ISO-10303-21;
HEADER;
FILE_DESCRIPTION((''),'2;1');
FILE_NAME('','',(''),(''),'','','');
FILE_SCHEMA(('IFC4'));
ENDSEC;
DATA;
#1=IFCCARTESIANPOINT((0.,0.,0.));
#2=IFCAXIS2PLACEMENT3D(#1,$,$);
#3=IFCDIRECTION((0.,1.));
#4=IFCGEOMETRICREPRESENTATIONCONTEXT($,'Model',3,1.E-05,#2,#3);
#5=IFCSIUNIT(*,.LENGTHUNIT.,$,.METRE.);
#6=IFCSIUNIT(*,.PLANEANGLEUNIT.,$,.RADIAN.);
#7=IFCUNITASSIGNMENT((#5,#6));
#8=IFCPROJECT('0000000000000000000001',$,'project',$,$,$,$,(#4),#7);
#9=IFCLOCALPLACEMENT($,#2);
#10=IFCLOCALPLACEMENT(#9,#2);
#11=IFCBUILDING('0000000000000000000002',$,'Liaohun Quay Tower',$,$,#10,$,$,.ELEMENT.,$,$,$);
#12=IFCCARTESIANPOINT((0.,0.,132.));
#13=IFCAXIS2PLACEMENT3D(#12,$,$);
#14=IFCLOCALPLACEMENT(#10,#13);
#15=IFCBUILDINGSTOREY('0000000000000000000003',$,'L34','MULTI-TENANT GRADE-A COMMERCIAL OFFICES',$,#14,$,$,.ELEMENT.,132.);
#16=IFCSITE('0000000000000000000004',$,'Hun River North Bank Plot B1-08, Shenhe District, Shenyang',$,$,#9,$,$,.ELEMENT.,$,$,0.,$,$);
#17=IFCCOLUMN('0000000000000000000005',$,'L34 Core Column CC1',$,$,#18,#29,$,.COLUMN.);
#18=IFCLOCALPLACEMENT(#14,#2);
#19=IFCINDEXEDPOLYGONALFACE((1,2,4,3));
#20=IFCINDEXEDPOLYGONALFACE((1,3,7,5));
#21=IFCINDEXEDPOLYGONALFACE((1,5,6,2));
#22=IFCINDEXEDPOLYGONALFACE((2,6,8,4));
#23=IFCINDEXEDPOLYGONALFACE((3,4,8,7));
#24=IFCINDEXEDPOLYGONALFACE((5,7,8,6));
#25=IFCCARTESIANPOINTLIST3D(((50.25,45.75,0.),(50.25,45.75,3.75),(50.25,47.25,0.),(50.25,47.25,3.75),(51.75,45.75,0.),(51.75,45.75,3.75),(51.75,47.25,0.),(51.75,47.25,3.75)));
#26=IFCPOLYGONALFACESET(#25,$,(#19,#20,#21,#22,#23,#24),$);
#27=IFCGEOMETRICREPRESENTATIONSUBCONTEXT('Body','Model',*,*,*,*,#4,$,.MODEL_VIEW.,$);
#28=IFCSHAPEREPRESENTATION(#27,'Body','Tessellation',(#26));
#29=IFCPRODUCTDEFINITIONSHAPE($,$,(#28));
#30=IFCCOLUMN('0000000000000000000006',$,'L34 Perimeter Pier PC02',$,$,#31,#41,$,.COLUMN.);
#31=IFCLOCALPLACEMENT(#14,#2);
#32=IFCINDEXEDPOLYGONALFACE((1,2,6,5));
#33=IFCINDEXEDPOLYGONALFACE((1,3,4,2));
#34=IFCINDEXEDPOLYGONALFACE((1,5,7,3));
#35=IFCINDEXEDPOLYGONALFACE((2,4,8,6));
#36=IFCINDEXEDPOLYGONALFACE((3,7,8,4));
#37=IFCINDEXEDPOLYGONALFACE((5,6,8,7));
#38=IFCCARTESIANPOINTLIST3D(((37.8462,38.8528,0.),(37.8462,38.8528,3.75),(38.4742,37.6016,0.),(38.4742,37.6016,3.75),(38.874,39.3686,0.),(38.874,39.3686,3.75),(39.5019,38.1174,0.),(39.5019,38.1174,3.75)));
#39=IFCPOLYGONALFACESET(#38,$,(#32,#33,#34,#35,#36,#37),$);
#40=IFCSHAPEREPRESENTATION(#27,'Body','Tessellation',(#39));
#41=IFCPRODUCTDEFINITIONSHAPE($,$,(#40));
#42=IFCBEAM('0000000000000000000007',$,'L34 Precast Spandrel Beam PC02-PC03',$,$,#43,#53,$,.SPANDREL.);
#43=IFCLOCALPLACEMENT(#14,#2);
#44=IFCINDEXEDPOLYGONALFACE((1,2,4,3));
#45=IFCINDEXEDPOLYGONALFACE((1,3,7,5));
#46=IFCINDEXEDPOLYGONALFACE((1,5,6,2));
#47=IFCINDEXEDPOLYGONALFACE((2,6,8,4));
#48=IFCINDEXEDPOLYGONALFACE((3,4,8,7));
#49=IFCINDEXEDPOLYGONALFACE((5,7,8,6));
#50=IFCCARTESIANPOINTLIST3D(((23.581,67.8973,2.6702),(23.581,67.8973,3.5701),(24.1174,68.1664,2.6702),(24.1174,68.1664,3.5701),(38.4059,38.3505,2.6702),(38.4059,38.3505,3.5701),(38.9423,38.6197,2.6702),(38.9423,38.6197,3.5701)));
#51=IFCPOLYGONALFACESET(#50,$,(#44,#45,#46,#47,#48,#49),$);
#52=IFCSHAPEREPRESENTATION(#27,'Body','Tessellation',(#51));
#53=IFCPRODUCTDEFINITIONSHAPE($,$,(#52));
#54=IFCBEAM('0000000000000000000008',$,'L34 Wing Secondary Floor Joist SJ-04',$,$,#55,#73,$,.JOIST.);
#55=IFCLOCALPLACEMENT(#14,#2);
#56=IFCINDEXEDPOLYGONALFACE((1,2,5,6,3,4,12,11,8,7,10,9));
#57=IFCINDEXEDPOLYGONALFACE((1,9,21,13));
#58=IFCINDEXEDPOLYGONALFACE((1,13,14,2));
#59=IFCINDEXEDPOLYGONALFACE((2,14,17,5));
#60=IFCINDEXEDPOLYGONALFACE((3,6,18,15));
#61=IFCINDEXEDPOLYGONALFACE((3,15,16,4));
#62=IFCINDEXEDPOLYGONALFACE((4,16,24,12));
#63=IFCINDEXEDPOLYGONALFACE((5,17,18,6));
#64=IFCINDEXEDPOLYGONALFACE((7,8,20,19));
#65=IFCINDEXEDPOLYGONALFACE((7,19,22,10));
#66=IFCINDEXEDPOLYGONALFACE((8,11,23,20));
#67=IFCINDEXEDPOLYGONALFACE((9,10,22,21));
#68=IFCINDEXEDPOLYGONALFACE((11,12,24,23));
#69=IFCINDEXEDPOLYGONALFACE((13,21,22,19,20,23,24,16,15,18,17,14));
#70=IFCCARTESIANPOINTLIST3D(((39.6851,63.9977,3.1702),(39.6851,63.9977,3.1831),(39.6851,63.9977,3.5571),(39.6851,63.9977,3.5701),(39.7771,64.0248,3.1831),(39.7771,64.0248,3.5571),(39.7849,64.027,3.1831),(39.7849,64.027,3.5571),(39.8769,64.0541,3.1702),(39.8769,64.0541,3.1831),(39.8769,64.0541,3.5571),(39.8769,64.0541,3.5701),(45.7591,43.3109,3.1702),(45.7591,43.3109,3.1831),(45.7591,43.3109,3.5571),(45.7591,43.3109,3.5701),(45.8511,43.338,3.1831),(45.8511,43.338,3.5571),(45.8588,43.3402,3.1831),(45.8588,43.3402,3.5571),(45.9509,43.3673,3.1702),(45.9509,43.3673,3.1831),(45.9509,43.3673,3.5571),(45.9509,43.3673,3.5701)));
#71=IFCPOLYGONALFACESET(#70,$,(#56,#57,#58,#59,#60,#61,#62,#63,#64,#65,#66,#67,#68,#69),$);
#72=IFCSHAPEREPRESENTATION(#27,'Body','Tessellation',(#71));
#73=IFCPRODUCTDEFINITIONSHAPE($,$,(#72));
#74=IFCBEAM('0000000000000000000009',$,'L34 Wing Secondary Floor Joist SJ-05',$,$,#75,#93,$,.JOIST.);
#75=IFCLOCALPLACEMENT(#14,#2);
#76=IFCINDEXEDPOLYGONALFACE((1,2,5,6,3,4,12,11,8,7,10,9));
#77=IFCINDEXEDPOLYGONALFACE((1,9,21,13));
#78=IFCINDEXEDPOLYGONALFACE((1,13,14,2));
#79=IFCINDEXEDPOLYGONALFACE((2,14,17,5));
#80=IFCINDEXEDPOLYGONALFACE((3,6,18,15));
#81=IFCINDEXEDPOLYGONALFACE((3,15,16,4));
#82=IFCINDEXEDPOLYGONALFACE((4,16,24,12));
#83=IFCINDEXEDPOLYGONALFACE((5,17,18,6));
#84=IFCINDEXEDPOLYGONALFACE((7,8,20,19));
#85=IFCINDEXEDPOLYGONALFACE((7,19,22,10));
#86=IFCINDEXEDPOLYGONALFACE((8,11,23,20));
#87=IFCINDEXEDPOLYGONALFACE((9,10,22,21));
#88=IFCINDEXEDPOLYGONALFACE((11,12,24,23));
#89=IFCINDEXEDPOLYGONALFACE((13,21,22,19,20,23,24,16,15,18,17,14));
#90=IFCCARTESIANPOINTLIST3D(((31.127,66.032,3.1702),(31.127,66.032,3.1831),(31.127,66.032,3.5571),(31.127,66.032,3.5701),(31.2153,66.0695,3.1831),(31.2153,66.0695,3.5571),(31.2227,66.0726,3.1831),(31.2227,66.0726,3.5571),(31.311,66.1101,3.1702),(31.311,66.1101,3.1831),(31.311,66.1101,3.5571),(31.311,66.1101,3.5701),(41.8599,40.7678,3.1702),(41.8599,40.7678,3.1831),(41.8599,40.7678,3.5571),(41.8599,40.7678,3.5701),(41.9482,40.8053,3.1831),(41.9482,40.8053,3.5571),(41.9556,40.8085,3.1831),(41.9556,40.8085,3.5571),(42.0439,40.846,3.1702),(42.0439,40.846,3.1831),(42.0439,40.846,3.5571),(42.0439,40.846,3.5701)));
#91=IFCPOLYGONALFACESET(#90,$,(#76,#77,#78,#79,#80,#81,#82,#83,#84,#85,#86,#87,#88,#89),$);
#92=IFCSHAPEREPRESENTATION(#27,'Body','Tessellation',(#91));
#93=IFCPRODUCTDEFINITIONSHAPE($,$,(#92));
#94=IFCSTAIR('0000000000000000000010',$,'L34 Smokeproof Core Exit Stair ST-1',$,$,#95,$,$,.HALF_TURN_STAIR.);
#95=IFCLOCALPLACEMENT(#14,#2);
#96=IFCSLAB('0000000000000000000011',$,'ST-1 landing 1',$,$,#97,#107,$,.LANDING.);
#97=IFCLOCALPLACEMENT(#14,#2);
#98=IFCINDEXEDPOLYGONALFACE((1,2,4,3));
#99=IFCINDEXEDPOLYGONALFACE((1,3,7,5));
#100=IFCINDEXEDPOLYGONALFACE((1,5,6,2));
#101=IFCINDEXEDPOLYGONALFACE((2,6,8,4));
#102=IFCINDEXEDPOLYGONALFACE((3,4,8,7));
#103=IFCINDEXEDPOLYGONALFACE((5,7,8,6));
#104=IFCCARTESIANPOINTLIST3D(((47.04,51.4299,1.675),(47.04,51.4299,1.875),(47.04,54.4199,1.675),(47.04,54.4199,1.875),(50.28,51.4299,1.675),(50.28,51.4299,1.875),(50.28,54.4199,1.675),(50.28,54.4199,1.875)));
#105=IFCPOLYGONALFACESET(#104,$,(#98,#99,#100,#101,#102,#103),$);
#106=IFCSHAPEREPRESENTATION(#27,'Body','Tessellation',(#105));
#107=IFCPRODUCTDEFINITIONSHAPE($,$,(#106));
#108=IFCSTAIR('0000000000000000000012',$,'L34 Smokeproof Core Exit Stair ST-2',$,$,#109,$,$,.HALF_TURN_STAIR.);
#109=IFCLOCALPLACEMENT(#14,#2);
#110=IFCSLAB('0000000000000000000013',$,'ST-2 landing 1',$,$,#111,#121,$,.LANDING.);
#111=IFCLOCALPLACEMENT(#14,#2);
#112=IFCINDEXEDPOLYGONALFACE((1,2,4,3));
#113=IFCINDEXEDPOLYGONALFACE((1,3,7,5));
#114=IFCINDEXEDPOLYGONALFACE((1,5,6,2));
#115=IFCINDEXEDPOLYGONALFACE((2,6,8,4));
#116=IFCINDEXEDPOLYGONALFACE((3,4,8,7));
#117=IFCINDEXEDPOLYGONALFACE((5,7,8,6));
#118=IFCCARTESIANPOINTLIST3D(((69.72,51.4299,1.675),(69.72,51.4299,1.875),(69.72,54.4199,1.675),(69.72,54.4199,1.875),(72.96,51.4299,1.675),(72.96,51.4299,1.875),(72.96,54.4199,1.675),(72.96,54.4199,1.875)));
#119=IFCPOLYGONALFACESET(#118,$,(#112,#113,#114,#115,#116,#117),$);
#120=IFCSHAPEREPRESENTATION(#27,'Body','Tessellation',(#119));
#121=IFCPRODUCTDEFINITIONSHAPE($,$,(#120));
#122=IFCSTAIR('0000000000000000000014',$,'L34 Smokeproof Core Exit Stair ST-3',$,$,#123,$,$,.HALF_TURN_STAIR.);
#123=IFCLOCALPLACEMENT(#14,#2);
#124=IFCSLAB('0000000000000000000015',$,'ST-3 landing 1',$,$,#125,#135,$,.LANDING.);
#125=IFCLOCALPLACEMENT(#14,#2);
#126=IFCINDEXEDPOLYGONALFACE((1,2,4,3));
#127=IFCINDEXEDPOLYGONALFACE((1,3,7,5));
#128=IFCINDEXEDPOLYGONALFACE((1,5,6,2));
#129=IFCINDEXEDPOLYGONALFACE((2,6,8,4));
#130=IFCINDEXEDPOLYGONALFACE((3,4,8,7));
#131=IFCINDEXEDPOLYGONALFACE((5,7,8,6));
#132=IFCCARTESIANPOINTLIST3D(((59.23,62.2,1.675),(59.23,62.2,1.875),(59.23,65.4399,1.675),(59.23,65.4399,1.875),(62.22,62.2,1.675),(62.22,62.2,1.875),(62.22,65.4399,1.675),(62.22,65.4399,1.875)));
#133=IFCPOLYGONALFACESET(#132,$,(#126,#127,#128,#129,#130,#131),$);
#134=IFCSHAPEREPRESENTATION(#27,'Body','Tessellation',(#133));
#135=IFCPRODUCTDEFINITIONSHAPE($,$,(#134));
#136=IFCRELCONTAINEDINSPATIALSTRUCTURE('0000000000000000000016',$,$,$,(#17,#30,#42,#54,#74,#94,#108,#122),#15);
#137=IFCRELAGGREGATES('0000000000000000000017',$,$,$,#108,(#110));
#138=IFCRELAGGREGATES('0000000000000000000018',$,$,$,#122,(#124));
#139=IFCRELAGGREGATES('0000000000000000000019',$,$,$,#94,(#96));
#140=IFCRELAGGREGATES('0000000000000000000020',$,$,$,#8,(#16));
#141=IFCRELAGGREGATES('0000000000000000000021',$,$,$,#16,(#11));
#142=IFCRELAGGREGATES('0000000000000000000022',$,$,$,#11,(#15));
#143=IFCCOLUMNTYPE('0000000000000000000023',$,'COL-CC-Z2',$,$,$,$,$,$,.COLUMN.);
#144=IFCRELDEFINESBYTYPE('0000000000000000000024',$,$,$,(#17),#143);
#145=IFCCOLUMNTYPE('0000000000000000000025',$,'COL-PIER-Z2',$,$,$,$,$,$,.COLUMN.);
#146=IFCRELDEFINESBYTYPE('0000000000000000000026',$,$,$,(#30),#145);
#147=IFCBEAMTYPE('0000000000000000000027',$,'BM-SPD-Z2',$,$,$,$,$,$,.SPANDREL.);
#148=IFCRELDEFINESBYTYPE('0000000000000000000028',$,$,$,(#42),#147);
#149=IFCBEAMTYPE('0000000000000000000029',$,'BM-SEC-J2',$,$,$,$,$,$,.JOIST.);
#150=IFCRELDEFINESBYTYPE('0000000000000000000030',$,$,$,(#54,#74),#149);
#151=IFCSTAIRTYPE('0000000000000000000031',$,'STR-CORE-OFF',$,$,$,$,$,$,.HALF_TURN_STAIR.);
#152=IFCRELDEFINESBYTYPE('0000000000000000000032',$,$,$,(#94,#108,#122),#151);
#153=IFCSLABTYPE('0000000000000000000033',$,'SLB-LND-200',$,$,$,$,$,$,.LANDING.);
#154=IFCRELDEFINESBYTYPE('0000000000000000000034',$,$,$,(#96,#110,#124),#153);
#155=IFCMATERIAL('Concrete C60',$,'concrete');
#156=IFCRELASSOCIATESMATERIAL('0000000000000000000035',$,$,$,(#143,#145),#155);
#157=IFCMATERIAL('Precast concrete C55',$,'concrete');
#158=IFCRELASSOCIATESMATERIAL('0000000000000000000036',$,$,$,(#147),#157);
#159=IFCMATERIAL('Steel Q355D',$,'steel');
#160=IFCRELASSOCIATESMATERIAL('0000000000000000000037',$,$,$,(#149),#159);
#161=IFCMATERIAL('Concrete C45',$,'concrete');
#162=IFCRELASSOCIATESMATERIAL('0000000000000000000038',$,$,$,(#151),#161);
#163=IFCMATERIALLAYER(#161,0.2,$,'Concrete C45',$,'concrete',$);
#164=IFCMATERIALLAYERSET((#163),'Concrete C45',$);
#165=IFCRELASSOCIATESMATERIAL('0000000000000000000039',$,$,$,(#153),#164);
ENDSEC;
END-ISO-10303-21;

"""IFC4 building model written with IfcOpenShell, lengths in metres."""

from ifc_helpers import new_model, si_unit, direction, frame, origin, origin_2d, place, context, subcontext, project, spatial, polyline, rectangle, i_section, outline, extrude, source, transform, mapped, material, layer, layer_set, material_profile, profile_set, type_object, element, aggregate, save


model = new_model("IFC4")

# Units and contexts
model_context = context("Model", 3, precision=1e-05, world=origin(), true_north=direction((0.0, 1.0)))
body_context = subcontext(model_context, "Body", "Model", "MODEL_VIEW")
ifc_project = project(units=[si_unit("LENGTHUNIT", "METRE"), si_unit("PLANEANGLEUNIT", "RADIAN")], contexts=[model_context])

# Site, building, storey
site_placement = place(None, origin())
site = spatial("IfcSite", under=ifc_project, at=site_placement, Name="Hun River North Bank Plot B1-08, Shenhe District, Shenyang", CompositionType="ELEMENT", RefElevation=0.0)
building_placement = place(site_placement, origin())
building = spatial("IfcBuilding", under=site, at=building_placement, Name="Liaohun Quay Tower", CompositionType="ELEMENT")
storey_placement = place(building_placement, frame((0.0, 0.0, 132.0)))
storey = spatial("IfcBuildingStorey", under=building, at=storey_placement, Name="L34", Description="MULTI-TENANT GRADE-A COMMERCIAL OFFICES", CompositionType="ELEMENT", Elevation=132.0)

# Columns
ifc_material_1 = material(Name="Concrete C60", Category="concrete")
ifc_material_profile_1 = material_profile(ifc_material_1, rectangle(XDim=1.5, YDim=1.5, at=origin_2d()), Name="RC1500x1500")
ifc_profile_set_1 = profile_set([ifc_material_profile_1], Name="Concrete C60")
column_type_1 = type_object("IfcColumnType", Name="COL-CC-Z2", PredefinedType="COLUMN", material=ifc_profile_set_1)
shared_shape_1 = source(origin(), body_context, "Body", "SweptSolid", [
    extrude(rectangle(XDim=1.5, YDim=1.5, at=origin_2d()), origin(), (0.0, 0.0, 1.0), 3.75),
])
column_1_placement = place(storey_placement, frame((51.0, 46.5, 0.0), z_axis=(0.0, 0.0, 1.0), x_axis=(1.0, 0.0, 0.0)))
element("IfcColumn", 1, at=column_1_placement, inside=storey, type_object=column_type_1, Name="L34 Core Column CC1", PredefinedType="COLUMN", context=body_context, shape_type="MappedRepresentation", body=[
    mapped(shared_shape_1, transform((0.0, 0.0, 0.0), x_axis=(1.0, 0.0, 0.0), y_axis=(0.0, 1.0, 0.0), z_axis=(0.0, 0.0, 1.0), scale=1.0)),
])
ifc_material_profile_2 = material_profile(ifc_material_1, rectangle(XDim=1.3999, YDim=1.1499, at=origin_2d()), Name="RC1400x1150")
ifc_profile_set_2 = profile_set([ifc_material_profile_2], Name="Concrete C60")
column_type_2 = type_object("IfcColumnType", Name="COL-PIER-Z2", PredefinedType="COLUMN", material=ifc_profile_set_2)
shared_shape_2 = source(origin(), body_context, "Body", "SweptSolid", [
    extrude(rectangle(XDim=1.3999, YDim=1.1499, at=origin_2d()), origin(), (0.0, 0.0, 1.0), 3.75),
])
column_2_placement = place(storey_placement, frame((38.6741, 38.4851, 0.0), z_axis=(0.0, 0.0, 1.0), x_axis=(-0.448539, 0.893763, 0.0)))
element("IfcColumn", 2, at=column_2_placement, inside=storey, type_object=column_type_2, Name="L34 Perimeter Pier PC02", PredefinedType="COLUMN", context=body_context, shape_type="MappedRepresentation", body=[
    mapped(shared_shape_2, transform((0.0, 0.0, 0.0), x_axis=(1.0, 0.0, 0.0), y_axis=(0.0, 1.0, 0.0), z_axis=(0.0, 0.0, 1.0), scale=1.0)),
])

# Beams
ifc_material_2 = material(Name="Precast concrete C55", Category="concrete")
ifc_material_profile_3 = material_profile(ifc_material_2, rectangle(XDim=0.6001, YDim=0.8999, at=origin_2d()), Name="RC600x900")
ifc_profile_set_3 = profile_set([ifc_material_profile_3], Name="Precast concrete C55")
beam_type_1 = type_object("IfcBeamType", Name="BM-SPD-Z2", PredefinedType="SPANDREL", material=ifc_profile_set_3)
shared_shape_3 = source(origin(), body_context, "Body", "SweptSolid", [
    extrude(rectangle(XDim=0.6001, YDim=0.8999, at=origin_2d()), origin(), (0.0, 0.0, 1.0), 33.0574),
])
beam_1_placement = place(storey_placement, frame((38.6741, 38.4851, 3.1201), z_axis=(-0.44846, 0.893803, 0.0), x_axis=(-0.893803, -0.44846, 0.0)))
element("IfcBeam", 3, at=beam_1_placement, inside=storey, type_object=beam_type_1, Name="L34 Precast Spandrel Beam PC02-PC03", PredefinedType="SPANDREL", context=body_context, shape_type="MappedRepresentation", body=[
    mapped(shared_shape_3, transform((0.0, 0.0, 0.0), x_axis=(1.0, 0.0, 0.0), y_axis=(0.0, 1.0, 0.0), z_axis=(0.0, 0.0, 1.0), scale=1.0)),
])
ifc_material_3 = material(Name="Steel Q355D", Category="steel")
ifc_material_profile_4 = material_profile(ifc_material_3, i_section(OverallWidth=0.2, OverallDepth=0.3999, WebThickness=0.0081, FlangeThickness=0.0129, at=origin_2d()), Name="HN400x200x8x13")
ifc_profile_set_4 = profile_set([ifc_material_profile_4], Name="Steel Q355D")
beam_type_2 = type_object("IfcBeamType", Name="BM-SEC-J2", PredefinedType="JOIST", material=ifc_profile_set_4)
shared_shape_4 = source(origin(), body_context, "Body", "SweptSolid", [
    extrude(i_section(OverallWidth=0.2, OverallDepth=0.3999, WebThickness=0.0081, FlangeThickness=0.0129, at=origin_2d()), origin(), (0.0, 0.0, 1.0), 21.5601),
])
beam_2_placement = place(storey_placement, frame((45.855, 43.3391, 3.3701), z_axis=(-0.281724, 0.959496, 0.0), x_axis=(-0.959496, -0.281724, 0.0)))
element("IfcBeam", 4, at=beam_2_placement, inside=storey, type_object=beam_type_2, Name="L34 Wing Secondary Floor Joist SJ-04", PredefinedType="JOIST", context=body_context, shape_type="MappedRepresentation", body=[
    mapped(shared_shape_4, transform((0.0, 0.0, 0.0), x_axis=(1.0, 0.0, 0.0), y_axis=(0.0, 1.0, 0.0), z_axis=(0.0, 0.0, 1.0), scale=1.0)),
])
shared_shape_5 = source(origin(), body_context, "Body", "SweptSolid", [
    extrude(i_section(OverallWidth=0.2, OverallDepth=0.3999, WebThickness=0.0081, FlangeThickness=0.0129, at=origin_2d()), origin(), (0.0, 0.0, 1.0), 27.4495),
])
beam_3_placement = place(storey_placement, frame((41.9519, 40.8069, 3.3701), z_axis=(-0.391006, 0.920388, 0.0), x_axis=(-0.920388, -0.391006, 0.0)))
element("IfcBeam", 5, at=beam_3_placement, inside=storey, type_object=beam_type_2, Name="L34 Wing Secondary Floor Joist SJ-05", PredefinedType="JOIST", context=body_context, shape_type="MappedRepresentation", body=[
    mapped(shared_shape_5, transform((0.0, 0.0, 0.0), x_axis=(1.0, 0.0, 0.0), y_axis=(0.0, 1.0, 0.0), z_axis=(0.0, 0.0, 1.0), scale=1.0)),
])

# Stairs, slabs
ifc_material_4 = material(Name="Concrete C45", Category="concrete")
stair_type = type_object("IfcStairType", Name="STR-CORE-OFF", PredefinedType="HALF_TURN_STAIR", material=ifc_material_4)
stair_1_placement = place(storey_placement, origin())
stair_1 = element("IfcStair", 6, at=stair_1_placement, inside=storey, type_object=stair_type, Name="L34 Smokeproof Core Exit Stair ST-1", PredefinedType="HALF_TURN_STAIR")
ifc_layer_1 = layer(ifc_material_4, 0.2, Name="Concrete C45", Category="concrete")
ifc_layer_set_1 = layer_set([ifc_layer_1], Name="Concrete C45")
slab_type_1 = type_object("IfcSlabType", Name="SLB-LND-200", PredefinedType="LANDING", material=ifc_layer_set_1)
slab_1_placement = place(storey_placement, frame((0.0, 0.0, 1.675)))
slab_1 = element("IfcSlab", 7, at=slab_1_placement, type_object=slab_type_1, Name="ST-1 landing 1", PredefinedType="LANDING", context=body_context, shape_type="SweptSolid", body=[
    extrude(outline(polyline([(50.28, 51.4299), (50.28, 54.4199), (47.04, 54.4199), (47.04, 51.4299), (50.28, 51.4299)])), origin(), (0.0, 0.0, 1.0), 0.2),
])
stair_2_placement = place(storey_placement, origin())
stair_2 = element("IfcStair", 8, at=stair_2_placement, inside=storey, type_object=stair_type, Name="L34 Smokeproof Core Exit Stair ST-2", PredefinedType="HALF_TURN_STAIR")
slab_2_placement = place(storey_placement, frame((0.0, 0.0, 1.675)))
slab_2 = element("IfcSlab", 9, at=slab_2_placement, type_object=slab_type_1, Name="ST-2 landing 1", PredefinedType="LANDING", context=body_context, shape_type="SweptSolid", body=[
    extrude(outline(polyline([(72.96, 51.4299), (72.96, 54.4199), (69.72, 54.4199), (69.72, 51.4299), (72.96, 51.4299)])), origin(), (0.0, 0.0, 1.0), 0.2),
])
aggregate(stair_2, [slab_2])
stair_3_placement = place(storey_placement, origin())
stair_3 = element("IfcStair", 10, at=stair_3_placement, inside=storey, type_object=stair_type, Name="L34 Smokeproof Core Exit Stair ST-3", PredefinedType="HALF_TURN_STAIR")
slab_3_placement = place(storey_placement, frame((0.0, 0.0, 1.675)))
slab_3 = element("IfcSlab", 11, at=slab_3_placement, type_object=slab_type_1, Name="ST-3 landing 1", PredefinedType="LANDING", context=body_context, shape_type="SweptSolid", body=[
    extrude(outline(polyline([(59.23, 62.2), (62.22, 62.2), (62.22, 65.4399), (59.23, 65.4399), (59.23, 62.2)])), origin(), (0.0, 0.0, 1.0), 0.2),
])
aggregate(stair_3, [slab_3])

aggregate(stair_1, [slab_1])

save(model, "model.ifc")
